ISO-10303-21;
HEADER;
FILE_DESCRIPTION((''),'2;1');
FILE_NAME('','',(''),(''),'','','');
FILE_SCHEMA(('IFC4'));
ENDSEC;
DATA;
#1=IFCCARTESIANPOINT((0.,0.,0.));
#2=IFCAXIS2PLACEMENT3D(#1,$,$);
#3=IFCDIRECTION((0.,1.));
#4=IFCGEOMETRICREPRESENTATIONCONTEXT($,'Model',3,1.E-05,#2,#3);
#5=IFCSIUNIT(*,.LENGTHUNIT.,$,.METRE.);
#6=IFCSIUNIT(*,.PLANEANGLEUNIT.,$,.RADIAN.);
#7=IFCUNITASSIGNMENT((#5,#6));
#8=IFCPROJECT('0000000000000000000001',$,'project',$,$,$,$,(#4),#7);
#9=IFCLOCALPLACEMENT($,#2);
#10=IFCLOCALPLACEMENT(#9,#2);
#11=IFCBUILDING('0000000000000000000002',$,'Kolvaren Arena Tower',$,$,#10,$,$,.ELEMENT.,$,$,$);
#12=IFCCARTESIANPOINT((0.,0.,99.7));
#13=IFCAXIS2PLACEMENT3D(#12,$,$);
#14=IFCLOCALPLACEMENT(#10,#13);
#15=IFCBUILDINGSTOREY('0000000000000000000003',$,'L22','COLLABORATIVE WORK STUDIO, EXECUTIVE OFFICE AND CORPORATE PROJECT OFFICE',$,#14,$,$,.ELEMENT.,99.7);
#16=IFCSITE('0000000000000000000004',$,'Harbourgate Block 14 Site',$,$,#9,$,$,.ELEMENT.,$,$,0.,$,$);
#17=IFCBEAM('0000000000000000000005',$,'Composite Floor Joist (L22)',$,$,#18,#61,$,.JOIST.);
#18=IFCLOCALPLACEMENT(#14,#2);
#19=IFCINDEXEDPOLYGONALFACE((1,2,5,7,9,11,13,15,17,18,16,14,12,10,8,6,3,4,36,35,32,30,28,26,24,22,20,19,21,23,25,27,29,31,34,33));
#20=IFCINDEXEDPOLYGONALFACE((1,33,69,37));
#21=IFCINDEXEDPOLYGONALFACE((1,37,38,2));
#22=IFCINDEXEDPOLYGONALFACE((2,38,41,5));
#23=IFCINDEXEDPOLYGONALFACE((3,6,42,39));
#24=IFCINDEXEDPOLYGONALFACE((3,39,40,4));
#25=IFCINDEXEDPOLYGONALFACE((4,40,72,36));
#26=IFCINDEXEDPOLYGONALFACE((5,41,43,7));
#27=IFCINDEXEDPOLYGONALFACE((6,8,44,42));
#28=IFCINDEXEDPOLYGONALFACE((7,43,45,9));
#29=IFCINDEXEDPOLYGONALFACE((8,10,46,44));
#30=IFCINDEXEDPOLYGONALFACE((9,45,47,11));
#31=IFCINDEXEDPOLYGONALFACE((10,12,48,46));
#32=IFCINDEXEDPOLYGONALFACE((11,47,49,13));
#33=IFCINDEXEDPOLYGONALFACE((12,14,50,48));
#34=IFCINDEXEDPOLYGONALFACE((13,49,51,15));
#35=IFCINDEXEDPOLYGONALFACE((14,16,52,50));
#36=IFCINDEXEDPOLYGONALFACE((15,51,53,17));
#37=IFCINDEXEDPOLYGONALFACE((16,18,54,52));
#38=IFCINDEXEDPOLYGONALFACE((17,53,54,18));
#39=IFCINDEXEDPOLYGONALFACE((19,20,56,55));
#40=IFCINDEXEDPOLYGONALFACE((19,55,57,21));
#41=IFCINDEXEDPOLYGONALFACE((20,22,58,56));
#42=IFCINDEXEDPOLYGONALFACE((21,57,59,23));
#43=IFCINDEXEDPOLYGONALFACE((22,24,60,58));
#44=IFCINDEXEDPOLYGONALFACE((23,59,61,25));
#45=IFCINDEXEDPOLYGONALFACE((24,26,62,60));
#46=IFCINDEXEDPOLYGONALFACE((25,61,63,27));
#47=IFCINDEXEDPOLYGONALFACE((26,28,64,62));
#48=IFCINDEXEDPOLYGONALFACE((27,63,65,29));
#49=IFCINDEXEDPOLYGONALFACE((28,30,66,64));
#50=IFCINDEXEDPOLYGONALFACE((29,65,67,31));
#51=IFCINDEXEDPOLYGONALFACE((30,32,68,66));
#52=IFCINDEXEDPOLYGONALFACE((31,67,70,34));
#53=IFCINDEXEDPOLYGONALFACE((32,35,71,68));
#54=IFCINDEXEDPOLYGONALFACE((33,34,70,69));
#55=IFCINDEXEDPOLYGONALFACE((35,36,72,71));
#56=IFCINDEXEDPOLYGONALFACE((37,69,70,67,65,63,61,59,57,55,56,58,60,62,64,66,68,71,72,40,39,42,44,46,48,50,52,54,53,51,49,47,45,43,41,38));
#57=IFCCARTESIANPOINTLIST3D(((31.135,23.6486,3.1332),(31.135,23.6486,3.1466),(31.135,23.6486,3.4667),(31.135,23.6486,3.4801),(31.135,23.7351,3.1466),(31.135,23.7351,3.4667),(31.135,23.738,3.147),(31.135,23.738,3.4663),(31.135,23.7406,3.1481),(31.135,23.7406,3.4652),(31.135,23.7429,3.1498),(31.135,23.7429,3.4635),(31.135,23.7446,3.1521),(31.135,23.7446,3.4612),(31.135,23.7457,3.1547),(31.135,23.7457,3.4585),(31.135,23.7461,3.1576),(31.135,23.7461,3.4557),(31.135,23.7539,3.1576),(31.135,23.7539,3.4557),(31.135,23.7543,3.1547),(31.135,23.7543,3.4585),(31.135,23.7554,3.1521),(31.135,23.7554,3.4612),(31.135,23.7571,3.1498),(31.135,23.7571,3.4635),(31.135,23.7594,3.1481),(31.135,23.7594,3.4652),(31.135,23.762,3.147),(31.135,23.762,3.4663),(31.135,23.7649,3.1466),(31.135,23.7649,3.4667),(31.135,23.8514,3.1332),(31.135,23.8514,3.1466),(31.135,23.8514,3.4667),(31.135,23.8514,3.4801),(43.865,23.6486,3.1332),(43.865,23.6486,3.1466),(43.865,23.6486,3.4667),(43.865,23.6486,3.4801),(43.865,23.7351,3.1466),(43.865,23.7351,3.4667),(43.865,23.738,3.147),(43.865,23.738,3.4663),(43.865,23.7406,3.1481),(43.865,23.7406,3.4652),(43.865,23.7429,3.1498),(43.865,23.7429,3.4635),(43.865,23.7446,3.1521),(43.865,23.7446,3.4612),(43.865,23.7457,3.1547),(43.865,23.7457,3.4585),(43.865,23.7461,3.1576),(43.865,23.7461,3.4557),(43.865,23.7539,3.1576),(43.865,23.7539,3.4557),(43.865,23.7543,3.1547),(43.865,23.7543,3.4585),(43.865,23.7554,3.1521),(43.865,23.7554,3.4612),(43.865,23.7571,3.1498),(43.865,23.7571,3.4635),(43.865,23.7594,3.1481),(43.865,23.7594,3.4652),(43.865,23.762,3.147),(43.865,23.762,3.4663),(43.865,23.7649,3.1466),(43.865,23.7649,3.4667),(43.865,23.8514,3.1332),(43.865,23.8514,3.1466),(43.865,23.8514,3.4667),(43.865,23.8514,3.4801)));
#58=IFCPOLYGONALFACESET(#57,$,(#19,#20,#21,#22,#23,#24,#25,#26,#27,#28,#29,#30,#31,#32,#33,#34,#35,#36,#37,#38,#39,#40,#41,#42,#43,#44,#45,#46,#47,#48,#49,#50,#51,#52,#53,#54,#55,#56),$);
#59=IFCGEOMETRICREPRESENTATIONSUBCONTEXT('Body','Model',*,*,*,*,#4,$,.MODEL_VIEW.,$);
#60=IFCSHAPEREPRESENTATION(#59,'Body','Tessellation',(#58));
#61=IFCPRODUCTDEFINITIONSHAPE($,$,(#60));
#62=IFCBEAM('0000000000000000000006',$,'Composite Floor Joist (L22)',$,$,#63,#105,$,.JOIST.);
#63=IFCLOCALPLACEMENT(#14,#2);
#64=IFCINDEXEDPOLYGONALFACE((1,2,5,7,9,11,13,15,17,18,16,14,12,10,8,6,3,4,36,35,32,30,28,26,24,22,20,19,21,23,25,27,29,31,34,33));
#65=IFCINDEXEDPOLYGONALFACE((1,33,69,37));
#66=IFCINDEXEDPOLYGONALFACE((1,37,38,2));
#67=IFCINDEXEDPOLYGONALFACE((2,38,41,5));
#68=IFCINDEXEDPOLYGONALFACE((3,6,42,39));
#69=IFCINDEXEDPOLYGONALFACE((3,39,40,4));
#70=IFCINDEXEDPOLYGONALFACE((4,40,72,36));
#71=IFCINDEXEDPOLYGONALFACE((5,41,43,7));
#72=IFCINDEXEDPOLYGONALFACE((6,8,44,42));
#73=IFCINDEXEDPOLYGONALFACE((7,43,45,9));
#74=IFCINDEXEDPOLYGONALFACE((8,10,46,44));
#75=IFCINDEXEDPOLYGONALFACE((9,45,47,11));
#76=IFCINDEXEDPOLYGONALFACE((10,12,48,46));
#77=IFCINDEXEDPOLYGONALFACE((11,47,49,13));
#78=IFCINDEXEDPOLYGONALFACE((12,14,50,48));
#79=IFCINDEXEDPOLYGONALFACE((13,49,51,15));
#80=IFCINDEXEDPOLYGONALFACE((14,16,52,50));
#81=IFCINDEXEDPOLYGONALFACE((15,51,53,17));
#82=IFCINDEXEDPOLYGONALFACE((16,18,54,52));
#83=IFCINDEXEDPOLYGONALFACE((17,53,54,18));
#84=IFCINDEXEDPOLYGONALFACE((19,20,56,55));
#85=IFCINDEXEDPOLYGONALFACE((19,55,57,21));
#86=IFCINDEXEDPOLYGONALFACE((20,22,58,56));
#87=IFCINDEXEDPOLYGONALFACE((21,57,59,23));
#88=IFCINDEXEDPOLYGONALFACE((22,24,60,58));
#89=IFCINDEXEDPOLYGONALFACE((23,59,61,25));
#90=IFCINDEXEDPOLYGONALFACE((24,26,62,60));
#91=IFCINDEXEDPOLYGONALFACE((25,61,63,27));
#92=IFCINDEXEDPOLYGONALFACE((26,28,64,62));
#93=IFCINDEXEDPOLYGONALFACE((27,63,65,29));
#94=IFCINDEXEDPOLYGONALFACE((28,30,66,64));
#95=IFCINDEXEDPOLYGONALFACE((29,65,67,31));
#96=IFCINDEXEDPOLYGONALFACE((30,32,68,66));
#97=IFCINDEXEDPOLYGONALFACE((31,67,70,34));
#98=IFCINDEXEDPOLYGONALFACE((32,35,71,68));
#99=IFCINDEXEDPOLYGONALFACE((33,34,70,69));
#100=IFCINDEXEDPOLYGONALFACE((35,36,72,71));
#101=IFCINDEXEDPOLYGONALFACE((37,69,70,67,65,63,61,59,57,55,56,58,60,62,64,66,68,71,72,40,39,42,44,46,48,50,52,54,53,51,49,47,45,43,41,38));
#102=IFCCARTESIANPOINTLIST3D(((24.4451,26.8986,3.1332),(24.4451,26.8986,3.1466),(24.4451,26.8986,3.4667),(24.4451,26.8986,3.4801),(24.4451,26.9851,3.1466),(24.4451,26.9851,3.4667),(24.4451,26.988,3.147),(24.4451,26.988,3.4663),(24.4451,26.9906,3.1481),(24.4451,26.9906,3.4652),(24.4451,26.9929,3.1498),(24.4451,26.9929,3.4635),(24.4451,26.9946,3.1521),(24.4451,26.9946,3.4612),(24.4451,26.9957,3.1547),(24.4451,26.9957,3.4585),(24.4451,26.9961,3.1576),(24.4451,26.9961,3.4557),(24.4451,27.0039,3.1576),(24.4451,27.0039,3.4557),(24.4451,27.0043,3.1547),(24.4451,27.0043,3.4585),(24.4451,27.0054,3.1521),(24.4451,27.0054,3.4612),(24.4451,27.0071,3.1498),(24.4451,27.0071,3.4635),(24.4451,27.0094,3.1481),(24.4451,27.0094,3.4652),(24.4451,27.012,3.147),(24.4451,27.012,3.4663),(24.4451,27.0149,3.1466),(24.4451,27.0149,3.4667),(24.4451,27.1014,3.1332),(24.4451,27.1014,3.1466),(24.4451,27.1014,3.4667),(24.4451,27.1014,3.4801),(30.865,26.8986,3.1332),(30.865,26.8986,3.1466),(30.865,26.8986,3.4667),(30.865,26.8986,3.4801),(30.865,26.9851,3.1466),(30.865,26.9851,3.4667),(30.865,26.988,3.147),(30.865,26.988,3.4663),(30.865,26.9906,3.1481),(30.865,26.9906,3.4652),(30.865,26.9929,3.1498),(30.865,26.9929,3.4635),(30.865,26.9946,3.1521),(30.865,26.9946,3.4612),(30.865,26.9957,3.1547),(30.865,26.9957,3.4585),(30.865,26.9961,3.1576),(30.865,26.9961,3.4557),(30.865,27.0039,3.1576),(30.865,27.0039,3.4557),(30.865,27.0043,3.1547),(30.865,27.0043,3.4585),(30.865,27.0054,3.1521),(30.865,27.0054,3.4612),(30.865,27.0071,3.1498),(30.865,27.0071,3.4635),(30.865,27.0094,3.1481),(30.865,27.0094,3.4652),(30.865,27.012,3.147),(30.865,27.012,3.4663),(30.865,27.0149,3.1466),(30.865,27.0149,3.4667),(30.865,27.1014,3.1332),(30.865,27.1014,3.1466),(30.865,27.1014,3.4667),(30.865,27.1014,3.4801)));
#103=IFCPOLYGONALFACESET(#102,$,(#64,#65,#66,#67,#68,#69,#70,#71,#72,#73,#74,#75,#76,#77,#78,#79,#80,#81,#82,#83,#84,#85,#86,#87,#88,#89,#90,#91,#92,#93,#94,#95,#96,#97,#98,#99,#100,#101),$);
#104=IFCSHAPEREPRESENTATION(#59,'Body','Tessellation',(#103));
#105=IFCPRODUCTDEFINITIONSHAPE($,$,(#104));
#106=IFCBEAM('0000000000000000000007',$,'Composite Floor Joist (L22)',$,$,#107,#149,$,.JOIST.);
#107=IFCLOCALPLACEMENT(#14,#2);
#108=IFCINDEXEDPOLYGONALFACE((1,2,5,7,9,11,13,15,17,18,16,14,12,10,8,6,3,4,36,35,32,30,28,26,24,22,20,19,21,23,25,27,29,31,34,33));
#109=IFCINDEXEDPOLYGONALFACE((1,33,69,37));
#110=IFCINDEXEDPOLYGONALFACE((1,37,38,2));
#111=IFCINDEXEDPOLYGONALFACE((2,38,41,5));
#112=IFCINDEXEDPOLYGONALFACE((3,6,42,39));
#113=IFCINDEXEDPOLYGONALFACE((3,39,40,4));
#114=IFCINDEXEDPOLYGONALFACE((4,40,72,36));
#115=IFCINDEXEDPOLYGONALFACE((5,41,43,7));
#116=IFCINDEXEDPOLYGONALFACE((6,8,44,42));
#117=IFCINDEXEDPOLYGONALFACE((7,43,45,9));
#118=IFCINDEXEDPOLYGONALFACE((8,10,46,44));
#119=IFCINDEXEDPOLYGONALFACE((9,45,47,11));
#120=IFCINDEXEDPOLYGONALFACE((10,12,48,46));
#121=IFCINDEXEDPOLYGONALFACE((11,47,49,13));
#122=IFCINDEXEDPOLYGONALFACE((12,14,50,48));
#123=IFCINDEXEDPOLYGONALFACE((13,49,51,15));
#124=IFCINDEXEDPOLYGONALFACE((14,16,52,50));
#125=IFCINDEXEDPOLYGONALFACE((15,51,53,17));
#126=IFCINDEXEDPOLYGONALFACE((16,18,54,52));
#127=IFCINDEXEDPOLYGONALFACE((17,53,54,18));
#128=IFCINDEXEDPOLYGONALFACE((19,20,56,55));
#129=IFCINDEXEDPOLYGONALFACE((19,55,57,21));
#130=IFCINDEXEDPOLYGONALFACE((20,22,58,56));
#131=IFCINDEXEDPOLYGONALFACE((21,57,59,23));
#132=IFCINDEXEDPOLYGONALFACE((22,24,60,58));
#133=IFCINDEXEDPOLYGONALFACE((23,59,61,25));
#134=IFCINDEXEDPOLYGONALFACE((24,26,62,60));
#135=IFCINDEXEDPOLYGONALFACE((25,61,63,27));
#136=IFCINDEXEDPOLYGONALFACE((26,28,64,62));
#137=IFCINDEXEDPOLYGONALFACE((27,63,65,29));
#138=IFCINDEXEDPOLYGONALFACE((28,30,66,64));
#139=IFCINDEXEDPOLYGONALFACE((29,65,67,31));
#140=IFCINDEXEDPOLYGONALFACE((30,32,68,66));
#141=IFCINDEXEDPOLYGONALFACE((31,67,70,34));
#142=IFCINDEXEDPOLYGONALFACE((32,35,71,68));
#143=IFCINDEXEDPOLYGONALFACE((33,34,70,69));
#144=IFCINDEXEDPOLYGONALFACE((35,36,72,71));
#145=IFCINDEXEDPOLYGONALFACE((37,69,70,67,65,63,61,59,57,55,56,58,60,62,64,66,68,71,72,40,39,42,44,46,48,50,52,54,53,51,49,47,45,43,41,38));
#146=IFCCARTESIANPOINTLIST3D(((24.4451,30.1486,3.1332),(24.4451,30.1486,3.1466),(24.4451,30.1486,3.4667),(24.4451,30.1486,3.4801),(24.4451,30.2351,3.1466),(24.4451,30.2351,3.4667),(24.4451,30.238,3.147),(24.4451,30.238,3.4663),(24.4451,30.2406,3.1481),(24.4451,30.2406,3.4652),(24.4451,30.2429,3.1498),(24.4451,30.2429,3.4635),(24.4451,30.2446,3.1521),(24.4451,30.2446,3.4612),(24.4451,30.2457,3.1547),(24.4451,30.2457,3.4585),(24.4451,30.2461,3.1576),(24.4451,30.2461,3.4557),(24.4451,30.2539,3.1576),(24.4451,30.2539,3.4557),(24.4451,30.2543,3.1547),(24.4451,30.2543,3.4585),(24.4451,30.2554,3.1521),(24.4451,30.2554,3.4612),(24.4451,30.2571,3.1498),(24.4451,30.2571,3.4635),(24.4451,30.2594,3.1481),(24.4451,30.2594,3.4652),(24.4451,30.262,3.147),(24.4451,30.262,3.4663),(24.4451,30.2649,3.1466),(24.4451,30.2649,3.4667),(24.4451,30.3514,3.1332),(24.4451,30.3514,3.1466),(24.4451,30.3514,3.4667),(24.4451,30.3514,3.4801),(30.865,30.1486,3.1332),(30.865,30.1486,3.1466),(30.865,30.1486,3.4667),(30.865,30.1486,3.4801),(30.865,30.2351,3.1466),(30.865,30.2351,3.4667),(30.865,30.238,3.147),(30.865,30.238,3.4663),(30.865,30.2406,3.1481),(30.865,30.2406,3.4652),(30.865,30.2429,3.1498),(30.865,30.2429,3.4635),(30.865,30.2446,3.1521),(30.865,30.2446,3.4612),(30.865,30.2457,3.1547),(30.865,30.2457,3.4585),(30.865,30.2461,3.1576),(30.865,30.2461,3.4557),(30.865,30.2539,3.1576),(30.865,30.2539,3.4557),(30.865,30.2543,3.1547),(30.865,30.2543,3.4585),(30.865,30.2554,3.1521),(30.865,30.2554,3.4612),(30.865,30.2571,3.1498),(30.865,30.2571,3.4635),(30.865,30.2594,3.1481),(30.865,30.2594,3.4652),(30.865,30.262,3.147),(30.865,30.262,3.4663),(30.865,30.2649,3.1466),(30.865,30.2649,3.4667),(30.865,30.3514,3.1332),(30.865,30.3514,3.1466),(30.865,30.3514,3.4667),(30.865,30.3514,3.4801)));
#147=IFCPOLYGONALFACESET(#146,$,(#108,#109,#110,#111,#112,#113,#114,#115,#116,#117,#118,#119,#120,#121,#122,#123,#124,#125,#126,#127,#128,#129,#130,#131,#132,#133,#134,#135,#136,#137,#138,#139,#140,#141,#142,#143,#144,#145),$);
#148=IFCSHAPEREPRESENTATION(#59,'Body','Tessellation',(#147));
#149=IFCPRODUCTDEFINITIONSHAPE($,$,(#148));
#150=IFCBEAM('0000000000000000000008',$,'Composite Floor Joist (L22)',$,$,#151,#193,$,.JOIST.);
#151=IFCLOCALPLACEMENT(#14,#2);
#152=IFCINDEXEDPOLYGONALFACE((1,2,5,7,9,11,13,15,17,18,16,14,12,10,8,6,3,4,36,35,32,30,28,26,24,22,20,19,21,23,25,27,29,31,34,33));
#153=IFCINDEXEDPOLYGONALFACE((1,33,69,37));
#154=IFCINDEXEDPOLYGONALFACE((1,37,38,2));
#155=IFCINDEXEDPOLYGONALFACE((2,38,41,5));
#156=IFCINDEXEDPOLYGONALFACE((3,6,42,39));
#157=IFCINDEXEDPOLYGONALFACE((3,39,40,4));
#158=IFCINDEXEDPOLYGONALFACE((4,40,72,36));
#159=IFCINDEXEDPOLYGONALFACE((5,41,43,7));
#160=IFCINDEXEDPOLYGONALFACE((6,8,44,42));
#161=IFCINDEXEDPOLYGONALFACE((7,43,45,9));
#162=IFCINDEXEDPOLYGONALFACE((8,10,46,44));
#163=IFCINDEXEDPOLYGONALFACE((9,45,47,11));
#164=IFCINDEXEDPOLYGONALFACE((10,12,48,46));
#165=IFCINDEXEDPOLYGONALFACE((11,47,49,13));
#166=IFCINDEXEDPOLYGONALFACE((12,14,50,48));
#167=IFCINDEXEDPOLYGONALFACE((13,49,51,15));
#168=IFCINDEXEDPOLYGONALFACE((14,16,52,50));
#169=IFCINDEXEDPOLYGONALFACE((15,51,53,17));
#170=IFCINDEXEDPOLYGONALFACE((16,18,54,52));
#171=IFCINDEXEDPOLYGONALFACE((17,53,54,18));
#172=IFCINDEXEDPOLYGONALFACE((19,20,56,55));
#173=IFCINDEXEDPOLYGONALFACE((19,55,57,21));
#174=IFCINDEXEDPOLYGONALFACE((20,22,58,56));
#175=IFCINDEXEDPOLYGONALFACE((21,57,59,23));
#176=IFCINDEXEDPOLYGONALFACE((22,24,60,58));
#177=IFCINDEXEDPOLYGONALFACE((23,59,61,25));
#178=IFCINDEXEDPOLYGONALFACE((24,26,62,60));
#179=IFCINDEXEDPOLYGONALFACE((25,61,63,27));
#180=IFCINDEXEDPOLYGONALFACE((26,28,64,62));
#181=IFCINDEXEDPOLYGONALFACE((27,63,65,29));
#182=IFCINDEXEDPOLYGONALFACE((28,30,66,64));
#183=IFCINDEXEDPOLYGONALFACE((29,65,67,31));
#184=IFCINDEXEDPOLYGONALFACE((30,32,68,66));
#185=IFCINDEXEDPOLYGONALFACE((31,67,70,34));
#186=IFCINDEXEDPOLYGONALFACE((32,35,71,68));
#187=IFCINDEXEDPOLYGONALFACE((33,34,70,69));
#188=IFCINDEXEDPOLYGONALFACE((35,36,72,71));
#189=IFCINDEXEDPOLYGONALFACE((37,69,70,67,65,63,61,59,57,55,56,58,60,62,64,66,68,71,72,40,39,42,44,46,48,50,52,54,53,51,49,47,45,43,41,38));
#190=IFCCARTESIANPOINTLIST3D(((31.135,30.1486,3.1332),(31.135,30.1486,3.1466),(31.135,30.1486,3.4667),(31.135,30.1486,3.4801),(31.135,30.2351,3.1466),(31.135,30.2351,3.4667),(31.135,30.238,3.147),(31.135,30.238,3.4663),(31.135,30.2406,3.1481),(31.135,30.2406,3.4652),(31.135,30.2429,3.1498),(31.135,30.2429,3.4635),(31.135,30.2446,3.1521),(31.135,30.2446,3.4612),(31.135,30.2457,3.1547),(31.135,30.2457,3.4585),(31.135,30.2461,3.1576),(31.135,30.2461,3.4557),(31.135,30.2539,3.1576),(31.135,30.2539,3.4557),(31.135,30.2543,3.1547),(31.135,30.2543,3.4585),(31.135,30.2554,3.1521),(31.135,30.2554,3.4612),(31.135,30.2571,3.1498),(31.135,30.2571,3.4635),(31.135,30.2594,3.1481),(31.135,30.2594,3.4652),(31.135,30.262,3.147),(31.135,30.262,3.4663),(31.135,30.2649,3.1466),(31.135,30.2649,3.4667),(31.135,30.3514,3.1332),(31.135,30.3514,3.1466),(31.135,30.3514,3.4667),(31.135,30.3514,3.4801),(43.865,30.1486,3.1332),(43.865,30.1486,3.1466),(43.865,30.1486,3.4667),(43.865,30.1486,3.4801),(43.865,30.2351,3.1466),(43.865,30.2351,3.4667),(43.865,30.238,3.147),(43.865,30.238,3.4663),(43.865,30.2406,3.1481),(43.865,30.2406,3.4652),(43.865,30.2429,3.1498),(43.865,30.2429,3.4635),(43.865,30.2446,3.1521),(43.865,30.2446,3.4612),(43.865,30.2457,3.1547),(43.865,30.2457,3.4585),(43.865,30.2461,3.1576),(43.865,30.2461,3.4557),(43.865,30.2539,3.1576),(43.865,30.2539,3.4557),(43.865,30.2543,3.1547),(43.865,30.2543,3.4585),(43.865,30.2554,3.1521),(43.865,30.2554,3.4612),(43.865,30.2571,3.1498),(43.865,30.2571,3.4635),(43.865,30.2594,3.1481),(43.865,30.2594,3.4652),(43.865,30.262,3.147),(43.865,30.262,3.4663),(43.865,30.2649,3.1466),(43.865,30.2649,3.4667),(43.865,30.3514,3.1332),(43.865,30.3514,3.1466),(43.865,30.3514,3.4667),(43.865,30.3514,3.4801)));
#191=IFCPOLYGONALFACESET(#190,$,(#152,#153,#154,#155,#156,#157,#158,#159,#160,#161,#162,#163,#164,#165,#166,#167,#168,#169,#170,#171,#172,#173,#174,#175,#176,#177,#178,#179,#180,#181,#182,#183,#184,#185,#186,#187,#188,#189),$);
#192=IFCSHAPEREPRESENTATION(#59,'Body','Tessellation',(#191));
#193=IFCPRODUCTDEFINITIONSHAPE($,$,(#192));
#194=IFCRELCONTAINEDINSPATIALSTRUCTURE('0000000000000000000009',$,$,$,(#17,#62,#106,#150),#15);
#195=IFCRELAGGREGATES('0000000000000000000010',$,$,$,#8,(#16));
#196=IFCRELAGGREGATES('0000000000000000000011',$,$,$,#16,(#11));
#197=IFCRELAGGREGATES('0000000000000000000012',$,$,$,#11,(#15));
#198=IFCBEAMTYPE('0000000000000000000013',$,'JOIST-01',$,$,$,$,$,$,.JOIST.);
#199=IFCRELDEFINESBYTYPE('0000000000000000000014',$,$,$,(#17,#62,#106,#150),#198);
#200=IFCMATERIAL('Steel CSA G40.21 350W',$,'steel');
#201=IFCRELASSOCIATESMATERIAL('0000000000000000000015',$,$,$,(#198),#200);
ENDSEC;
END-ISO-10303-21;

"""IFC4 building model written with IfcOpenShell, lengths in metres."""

from ifc_helpers import new_model, si_unit, direction, frame, origin, origin_2d, place, context, subcontext, project, spatial, i_section, extrude, material, material_profile, profile_set, type_object, element, save


model = new_model("IFC4")

# Units and contexts
model_context = context("Model", 3, precision=1e-05, world=origin(), true_north=direction((0.0, 1.0)))
body_context = subcontext(model_context, "Body", "Model", "MODEL_VIEW")
ifc_project = project(units=[si_unit("LENGTHUNIT", "METRE"), si_unit("PLANEANGLEUNIT", "RADIAN")], contexts=[model_context])

# Site, building, storey
site_placement = place(None, origin())
site = spatial("IfcSite", under=ifc_project, at=site_placement, Name="Harbourgate Block 14 Site", CompositionType="ELEMENT", RefElevation=0.0)
building_placement = place(site_placement, origin())
building = spatial("IfcBuilding", under=site, at=building_placement, Name="Kolvaren Arena Tower", CompositionType="ELEMENT")
storey_placement = place(building_placement, frame((0.0, 0.0, 99.7)))
storey = spatial("IfcBuildingStorey", under=building, at=storey_placement, Name="L22", Description="COLLABORATIVE WORK STUDIO, EXECUTIVE OFFICE AND CORPORATE PROJECT OFFICE", CompositionType="ELEMENT", Elevation=99.7)

# Beams
ifc_material_1 = material(Name="Steel CSA G40.21 350W", Category="steel")
ifc_material_profile_1 = material_profile(ifc_material_1, i_section(OverallWidth=0.2029, OverallDepth=0.3469, WebThickness=0.0078, FlangeThickness=0.0134, FilletRadius=0.011, at=origin_2d()), Name="W360x64")
ifc_profile_set_1 = profile_set([ifc_material_profile_1], Name="Steel CSA G40.21 350W")
beam_type_1 = type_object("IfcBeamType", Name="JOIST-01", PredefinedType="JOIST", material=ifc_profile_set_1)
beam_1_placement = place(storey_placement, frame((31.135, 23.75, 3.3066), z_axis=(1.0, 0.0, 0.0), x_axis=(0.0, 1.0, 0.0)))
element("IfcBeam", 1, at=beam_1_placement, inside=storey, type_object=beam_type_1, Name="Composite Floor Joist (L22)", PredefinedType="JOIST", context=body_context, shape_type="SweptSolid", body=[
    extrude(i_section(OverallWidth=0.2029, OverallDepth=0.3469, WebThickness=0.0078, FlangeThickness=0.0134, FilletRadius=0.011, at=origin_2d()), origin(), (0.0, 0.0, 1.0), 12.73),
])
for number, where, z_axis, x_axis, name in (
    (2, (24.4451, 27.0, 3.3066), (1.0, 0.0, 0.0), (0.0, 1.0, 0.0), "Composite Floor Joist (L22)"),
    (3, (24.4451, 30.25, 3.3066), (1.0, 0.0, 0.0), (0.0, 1.0, 0.0), "Composite Floor Joist (L22)"),
):
    element("IfcBeam", number, at=place(storey_placement, frame(where, z_axis=z_axis, x_axis=x_axis)), inside=storey, type_object=beam_type_1, Name=name, PredefinedType="JOIST", context=body_context, shape_type="SweptSolid", body=[
        extrude(i_section(OverallWidth=0.2029, OverallDepth=0.3469, WebThickness=0.0078, FlangeThickness=0.0134, FilletRadius=0.011, at=origin_2d()), origin(), (0.0, 0.0, 1.0), 6.4199),
    ])
beam_2_placement = place(storey_placement, frame((31.135, 30.25, 3.3066), z_axis=(1.0, 0.0, 0.0), x_axis=(0.0, 1.0, 0.0)))
element("IfcBeam", 4, at=beam_2_placement, inside=storey, type_object=beam_type_1, Name="Composite Floor Joist (L22)", PredefinedType="JOIST", context=body_context, shape_type="SweptSolid", body=[
    extrude(i_section(OverallWidth=0.2029, OverallDepth=0.3469, WebThickness=0.0078, FlangeThickness=0.0134, FilletRadius=0.011, at=origin_2d()), origin(), (0.0, 0.0, 1.0), 12.73),
])

save(model, "model.ifc")
